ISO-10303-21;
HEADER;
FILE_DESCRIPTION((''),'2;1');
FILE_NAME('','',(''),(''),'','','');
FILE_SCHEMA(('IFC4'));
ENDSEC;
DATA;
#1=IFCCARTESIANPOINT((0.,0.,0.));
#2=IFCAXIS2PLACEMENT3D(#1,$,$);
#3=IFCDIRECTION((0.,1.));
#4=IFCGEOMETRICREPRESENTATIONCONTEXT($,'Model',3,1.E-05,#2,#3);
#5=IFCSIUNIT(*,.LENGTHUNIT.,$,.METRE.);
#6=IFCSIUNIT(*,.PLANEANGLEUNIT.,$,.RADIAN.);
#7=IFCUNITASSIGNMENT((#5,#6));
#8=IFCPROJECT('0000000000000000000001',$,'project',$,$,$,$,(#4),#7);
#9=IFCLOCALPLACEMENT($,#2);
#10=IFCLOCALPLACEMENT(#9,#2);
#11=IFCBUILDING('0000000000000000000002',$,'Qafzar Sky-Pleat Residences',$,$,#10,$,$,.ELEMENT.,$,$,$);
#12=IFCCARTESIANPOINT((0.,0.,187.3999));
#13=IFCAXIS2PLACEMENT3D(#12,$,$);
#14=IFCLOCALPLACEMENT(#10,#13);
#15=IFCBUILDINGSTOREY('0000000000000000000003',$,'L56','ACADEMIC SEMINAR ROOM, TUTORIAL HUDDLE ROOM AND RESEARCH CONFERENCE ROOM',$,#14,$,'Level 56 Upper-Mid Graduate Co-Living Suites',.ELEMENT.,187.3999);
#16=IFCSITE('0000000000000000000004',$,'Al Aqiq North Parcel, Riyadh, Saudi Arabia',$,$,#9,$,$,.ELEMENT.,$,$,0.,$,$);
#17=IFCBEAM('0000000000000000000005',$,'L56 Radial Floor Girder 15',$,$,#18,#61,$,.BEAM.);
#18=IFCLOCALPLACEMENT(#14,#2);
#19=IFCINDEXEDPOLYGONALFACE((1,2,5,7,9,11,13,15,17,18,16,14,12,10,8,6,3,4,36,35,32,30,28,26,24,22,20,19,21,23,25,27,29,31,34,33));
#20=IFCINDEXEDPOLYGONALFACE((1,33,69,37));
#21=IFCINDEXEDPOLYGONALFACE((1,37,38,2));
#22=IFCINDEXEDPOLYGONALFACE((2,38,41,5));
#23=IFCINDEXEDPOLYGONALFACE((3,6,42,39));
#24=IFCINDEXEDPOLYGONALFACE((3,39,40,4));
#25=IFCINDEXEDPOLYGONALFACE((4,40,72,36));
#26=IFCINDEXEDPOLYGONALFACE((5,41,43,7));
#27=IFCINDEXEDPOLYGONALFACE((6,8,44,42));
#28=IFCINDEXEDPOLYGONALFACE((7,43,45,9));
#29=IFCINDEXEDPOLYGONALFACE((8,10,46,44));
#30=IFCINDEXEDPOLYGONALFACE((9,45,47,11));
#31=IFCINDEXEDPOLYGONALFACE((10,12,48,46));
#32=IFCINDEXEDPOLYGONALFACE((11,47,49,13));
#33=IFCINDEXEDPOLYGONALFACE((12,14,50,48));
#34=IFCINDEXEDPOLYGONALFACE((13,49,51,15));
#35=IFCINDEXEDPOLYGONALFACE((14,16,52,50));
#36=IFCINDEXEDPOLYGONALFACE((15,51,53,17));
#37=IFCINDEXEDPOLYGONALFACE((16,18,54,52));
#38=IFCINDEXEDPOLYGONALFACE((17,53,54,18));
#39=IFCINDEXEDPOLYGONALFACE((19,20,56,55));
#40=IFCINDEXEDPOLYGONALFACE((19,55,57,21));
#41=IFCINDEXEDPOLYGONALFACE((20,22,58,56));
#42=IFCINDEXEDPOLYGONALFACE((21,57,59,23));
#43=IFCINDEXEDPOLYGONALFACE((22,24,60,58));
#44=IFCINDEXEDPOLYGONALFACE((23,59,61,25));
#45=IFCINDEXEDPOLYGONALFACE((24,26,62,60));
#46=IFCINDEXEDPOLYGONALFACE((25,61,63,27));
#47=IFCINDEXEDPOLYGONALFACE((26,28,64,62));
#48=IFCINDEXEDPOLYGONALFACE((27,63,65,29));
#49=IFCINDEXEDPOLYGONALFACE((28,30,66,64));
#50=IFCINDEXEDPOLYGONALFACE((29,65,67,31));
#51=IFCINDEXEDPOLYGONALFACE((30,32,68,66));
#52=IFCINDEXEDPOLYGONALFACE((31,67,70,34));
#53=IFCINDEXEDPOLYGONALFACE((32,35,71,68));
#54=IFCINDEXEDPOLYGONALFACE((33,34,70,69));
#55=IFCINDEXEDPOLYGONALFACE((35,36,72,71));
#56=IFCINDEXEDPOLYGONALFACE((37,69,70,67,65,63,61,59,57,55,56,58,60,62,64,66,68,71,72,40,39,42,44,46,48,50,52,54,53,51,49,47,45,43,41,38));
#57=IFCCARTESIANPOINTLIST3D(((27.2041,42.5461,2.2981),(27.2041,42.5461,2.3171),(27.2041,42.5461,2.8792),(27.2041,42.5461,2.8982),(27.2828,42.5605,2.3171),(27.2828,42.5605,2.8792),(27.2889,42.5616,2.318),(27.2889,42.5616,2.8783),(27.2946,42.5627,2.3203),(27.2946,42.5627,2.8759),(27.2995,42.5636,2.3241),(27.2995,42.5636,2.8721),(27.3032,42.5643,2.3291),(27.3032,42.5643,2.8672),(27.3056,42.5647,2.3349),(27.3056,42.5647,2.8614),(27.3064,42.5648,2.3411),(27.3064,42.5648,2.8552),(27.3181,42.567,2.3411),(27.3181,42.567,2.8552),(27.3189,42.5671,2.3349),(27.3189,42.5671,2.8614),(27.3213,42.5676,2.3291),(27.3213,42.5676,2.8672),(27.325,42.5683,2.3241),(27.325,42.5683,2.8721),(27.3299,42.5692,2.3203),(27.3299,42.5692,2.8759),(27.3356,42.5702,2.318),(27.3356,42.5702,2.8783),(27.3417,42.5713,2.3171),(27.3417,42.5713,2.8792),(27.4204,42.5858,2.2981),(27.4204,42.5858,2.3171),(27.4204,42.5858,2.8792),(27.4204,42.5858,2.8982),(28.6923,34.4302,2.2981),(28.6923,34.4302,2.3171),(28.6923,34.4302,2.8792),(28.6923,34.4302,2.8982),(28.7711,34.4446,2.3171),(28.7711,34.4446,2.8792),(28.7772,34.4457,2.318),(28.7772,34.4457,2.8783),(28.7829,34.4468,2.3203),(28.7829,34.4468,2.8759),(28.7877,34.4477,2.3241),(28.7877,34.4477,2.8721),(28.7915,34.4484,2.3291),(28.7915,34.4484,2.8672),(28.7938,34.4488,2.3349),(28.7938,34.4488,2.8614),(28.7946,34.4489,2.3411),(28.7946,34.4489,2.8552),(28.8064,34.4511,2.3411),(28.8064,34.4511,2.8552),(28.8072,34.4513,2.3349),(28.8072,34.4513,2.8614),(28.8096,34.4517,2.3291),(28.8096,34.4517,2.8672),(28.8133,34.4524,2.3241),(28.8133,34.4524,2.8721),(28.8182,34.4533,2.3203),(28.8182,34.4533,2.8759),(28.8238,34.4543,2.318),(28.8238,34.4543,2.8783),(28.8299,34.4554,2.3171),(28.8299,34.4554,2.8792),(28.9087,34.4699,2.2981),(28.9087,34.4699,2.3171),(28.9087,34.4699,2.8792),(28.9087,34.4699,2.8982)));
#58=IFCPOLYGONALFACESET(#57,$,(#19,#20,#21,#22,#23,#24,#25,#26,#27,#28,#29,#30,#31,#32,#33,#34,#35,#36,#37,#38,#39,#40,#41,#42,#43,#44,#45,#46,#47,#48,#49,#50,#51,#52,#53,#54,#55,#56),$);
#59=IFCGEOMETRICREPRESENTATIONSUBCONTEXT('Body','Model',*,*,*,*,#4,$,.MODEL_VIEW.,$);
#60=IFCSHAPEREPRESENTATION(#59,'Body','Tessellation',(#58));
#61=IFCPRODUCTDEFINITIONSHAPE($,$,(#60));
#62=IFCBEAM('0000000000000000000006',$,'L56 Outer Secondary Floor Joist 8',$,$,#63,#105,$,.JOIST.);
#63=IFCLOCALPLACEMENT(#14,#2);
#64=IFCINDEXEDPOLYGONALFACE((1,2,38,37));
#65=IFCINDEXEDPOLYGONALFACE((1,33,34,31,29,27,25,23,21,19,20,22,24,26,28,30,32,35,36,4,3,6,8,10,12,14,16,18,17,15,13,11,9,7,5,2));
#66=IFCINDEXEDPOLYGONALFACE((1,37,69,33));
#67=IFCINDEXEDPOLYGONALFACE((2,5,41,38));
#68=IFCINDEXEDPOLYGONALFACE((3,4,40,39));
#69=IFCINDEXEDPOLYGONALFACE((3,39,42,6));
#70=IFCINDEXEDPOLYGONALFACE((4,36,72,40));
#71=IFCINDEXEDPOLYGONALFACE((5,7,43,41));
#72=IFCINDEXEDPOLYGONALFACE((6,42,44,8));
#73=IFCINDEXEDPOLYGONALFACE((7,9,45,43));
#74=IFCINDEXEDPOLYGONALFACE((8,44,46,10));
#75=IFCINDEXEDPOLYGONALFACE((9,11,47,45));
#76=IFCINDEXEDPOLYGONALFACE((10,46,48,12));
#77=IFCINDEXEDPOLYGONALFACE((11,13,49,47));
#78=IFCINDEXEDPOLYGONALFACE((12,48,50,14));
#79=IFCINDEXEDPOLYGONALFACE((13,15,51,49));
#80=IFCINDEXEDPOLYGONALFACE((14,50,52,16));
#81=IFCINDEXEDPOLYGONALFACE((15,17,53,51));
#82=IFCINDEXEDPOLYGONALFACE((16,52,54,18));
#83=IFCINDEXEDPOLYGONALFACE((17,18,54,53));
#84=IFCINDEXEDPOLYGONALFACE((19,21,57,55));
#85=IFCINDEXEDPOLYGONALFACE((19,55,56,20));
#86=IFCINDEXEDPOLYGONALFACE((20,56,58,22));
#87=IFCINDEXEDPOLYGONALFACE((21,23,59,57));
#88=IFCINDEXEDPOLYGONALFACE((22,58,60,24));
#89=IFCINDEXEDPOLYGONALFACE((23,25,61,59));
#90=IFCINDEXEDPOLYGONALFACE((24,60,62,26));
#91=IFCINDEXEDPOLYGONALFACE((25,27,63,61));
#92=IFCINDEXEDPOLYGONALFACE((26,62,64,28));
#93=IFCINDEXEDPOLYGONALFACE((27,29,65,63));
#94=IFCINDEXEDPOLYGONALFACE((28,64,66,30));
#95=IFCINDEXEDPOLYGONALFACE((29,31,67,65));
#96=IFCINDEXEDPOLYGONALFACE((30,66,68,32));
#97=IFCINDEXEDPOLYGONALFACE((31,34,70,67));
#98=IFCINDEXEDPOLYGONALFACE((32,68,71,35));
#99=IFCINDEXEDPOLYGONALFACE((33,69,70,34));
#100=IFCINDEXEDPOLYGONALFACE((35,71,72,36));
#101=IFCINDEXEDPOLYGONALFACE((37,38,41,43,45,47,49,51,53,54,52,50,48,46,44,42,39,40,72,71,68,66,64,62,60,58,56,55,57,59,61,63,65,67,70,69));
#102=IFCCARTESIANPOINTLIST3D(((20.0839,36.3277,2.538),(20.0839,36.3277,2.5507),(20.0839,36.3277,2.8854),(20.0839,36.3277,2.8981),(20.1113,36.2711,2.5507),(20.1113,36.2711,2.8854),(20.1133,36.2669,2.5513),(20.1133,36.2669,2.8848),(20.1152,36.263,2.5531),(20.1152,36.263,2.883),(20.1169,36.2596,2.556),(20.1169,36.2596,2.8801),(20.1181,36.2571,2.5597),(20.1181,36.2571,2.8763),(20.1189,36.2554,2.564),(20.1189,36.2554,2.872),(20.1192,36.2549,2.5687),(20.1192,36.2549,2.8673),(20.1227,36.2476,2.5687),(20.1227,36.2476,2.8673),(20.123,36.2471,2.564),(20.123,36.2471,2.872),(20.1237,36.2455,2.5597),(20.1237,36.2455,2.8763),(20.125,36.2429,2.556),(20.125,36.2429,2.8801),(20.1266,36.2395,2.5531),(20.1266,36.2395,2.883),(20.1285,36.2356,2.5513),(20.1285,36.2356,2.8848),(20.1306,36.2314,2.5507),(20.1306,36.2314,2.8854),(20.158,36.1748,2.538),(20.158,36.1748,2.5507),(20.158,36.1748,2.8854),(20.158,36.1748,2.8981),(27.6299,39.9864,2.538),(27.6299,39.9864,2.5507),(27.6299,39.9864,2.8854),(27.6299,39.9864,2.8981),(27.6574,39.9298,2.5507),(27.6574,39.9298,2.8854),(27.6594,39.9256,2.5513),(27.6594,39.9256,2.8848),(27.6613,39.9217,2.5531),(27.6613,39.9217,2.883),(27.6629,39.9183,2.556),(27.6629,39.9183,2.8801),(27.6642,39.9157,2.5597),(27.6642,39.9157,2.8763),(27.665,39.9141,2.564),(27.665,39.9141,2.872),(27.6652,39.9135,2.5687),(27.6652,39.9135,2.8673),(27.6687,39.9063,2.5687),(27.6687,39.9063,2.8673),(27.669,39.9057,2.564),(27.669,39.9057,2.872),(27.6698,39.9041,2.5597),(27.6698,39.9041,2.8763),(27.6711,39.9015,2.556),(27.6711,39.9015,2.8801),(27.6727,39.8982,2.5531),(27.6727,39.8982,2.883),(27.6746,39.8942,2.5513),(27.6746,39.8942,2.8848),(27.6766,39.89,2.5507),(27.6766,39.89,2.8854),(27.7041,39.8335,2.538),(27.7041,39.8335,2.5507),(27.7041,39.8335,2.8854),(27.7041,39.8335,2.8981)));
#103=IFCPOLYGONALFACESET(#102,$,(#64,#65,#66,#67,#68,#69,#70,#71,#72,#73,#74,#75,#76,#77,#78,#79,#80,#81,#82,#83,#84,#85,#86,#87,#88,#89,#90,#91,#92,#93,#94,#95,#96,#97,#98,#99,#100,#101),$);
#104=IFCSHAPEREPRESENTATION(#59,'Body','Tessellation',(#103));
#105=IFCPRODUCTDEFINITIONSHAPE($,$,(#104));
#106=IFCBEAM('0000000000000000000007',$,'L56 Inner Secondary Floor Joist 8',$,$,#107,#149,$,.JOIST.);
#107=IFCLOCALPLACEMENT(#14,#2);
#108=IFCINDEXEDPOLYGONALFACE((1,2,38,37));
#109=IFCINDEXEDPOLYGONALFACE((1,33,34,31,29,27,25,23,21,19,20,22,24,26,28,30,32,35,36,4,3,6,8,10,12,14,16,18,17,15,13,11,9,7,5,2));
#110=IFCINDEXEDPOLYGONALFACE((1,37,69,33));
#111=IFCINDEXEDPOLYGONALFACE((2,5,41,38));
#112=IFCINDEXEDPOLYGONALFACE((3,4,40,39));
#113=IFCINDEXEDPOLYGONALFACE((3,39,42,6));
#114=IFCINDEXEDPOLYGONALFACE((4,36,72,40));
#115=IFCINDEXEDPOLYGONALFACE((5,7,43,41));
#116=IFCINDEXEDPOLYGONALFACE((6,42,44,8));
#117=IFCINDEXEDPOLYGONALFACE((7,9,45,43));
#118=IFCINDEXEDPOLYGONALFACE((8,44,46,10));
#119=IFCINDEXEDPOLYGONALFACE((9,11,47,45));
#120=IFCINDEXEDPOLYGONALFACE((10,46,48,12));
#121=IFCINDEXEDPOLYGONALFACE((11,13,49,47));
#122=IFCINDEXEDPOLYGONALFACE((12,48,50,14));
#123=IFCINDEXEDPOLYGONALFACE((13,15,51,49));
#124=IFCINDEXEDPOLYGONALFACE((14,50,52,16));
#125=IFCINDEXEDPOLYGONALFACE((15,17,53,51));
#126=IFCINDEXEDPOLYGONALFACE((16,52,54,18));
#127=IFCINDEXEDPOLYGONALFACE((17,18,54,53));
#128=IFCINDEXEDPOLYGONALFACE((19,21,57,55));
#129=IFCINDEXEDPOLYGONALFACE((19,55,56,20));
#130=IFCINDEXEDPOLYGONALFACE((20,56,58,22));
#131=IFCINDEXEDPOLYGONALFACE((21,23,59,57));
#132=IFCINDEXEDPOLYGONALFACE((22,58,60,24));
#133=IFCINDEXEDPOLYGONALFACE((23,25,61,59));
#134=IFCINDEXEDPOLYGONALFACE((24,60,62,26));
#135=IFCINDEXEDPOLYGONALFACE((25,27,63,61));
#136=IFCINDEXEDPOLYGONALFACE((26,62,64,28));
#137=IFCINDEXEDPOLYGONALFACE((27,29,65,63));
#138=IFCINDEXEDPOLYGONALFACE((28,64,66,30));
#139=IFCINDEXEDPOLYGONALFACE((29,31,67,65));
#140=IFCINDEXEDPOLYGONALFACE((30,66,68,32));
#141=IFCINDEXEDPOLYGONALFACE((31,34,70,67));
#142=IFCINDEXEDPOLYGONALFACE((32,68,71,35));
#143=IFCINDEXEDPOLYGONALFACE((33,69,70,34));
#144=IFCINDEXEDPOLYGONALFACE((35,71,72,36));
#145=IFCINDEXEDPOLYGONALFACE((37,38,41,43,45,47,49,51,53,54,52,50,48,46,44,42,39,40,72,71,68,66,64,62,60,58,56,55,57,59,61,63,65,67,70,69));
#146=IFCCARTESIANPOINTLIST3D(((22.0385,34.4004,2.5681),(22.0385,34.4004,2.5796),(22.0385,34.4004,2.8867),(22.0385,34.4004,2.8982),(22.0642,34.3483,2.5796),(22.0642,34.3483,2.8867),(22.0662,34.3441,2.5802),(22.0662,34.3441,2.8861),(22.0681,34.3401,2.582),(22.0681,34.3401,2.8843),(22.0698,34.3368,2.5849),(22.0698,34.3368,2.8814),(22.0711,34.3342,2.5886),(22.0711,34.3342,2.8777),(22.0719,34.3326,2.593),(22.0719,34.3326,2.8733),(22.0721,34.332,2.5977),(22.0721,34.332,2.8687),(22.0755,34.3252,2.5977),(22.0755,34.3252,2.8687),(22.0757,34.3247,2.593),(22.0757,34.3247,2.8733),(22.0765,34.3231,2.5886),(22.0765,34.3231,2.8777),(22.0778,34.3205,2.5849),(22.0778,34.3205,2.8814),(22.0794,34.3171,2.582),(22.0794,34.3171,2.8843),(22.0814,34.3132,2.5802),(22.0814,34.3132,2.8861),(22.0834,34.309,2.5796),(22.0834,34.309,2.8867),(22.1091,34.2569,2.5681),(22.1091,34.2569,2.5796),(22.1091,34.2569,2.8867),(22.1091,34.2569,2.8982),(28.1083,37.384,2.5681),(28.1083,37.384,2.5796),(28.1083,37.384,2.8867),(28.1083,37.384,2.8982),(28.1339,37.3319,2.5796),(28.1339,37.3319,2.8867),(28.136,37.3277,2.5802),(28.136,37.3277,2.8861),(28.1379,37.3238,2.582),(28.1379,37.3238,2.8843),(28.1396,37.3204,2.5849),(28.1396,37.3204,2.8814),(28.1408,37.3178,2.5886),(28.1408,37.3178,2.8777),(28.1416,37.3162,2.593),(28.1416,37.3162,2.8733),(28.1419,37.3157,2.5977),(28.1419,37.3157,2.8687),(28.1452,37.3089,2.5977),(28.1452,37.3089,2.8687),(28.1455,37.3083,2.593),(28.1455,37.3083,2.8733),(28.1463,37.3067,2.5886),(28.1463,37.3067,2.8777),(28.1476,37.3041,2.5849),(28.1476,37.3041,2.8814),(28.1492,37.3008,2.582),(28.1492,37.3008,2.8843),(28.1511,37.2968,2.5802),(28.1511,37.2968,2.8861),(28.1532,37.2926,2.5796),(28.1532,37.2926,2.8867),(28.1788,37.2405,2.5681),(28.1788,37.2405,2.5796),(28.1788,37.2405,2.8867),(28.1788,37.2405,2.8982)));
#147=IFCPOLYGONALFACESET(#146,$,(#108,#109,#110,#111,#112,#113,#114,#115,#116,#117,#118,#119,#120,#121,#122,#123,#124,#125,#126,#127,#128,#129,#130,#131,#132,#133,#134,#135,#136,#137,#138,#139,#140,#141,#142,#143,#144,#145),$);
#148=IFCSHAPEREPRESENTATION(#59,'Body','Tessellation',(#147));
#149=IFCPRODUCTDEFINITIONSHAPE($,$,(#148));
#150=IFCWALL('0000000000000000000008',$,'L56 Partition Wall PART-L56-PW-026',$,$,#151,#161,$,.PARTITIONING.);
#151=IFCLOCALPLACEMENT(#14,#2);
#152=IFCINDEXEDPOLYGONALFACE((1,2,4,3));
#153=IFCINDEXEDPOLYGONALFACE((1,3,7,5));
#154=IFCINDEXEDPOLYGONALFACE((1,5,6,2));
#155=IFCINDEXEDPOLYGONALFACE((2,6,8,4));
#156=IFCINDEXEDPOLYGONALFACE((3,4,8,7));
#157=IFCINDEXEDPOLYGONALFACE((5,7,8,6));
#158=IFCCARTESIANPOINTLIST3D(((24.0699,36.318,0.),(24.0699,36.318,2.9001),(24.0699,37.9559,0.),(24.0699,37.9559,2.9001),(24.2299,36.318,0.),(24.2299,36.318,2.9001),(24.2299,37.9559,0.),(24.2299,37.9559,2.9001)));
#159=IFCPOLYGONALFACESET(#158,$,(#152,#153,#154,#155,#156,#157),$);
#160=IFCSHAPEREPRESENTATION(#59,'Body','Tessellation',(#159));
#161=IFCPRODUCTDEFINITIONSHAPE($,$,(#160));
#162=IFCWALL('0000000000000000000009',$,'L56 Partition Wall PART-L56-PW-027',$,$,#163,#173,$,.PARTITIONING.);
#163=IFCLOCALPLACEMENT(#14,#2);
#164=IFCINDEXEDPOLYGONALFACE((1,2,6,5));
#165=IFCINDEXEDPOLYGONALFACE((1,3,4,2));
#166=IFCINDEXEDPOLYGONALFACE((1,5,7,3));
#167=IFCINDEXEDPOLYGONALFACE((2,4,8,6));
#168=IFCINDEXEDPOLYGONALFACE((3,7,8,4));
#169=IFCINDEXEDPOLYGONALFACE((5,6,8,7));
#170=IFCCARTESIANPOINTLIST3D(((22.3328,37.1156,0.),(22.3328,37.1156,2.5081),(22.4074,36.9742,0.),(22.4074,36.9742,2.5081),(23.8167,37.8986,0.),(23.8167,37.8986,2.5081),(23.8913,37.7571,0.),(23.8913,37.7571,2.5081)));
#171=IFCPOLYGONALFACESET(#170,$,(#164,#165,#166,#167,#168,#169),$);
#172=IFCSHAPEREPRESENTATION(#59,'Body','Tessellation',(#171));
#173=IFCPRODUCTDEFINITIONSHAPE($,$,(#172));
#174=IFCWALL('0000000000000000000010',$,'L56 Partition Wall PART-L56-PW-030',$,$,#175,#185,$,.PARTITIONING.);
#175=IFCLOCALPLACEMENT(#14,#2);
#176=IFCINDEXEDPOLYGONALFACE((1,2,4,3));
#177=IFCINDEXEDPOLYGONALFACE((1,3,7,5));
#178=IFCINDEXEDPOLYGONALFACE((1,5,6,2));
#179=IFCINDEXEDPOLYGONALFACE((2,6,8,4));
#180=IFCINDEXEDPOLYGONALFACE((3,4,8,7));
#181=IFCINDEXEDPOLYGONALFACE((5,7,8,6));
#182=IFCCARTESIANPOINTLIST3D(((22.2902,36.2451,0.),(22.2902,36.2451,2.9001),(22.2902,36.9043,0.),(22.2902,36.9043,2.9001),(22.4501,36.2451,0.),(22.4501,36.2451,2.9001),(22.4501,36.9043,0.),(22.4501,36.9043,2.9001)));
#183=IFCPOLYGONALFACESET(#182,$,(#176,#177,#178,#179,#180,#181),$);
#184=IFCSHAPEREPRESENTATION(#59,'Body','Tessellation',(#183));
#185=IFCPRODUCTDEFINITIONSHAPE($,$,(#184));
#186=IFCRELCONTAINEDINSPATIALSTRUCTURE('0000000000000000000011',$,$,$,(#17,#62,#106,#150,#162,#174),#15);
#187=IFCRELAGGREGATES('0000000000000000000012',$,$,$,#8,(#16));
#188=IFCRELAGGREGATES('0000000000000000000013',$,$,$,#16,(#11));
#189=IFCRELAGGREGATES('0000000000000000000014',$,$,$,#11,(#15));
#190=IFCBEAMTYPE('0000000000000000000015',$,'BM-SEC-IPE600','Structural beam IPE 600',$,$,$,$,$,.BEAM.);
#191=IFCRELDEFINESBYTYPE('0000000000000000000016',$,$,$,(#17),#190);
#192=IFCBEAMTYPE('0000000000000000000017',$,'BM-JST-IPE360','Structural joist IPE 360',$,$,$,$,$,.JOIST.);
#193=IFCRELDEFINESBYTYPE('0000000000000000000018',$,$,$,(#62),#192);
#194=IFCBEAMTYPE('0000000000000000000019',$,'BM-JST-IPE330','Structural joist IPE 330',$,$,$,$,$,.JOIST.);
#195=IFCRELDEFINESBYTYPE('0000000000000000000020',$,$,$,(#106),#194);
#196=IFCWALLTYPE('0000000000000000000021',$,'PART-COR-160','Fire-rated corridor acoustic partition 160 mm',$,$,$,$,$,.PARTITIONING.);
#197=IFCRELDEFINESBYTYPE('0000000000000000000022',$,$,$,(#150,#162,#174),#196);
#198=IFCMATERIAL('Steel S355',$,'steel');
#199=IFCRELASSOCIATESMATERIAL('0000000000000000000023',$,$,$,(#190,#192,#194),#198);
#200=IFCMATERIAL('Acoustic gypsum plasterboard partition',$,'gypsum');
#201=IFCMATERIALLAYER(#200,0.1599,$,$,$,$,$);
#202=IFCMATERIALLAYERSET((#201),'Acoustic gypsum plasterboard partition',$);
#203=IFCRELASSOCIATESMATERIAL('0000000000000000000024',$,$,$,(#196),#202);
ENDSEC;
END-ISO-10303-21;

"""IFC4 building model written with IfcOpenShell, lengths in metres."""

from ifc_helpers import new_model, si_unit, direction, frame, frame_2d, origin, origin_2d, place, context, subcontext, project, spatial, rectangle, i_section, extrude, source, transform, mapped, material, layer, layer_set, material_profile, profile_set, type_object, element, save


model = new_model("IFC4")

# Units and contexts
model_context = context("Model", 3, precision=1e-05, world=origin(), true_north=direction((0.0, 1.0)))
body_context = subcontext(model_context, "Body", "Model", "MODEL_VIEW")
ifc_project = project(units=[si_unit("LENGTHUNIT", "METRE"), si_unit("PLANEANGLEUNIT", "RADIAN")], contexts=[model_context])

# Site, building, storey
site_placement = place(None, origin())
site = spatial("IfcSite", under=ifc_project, at=site_placement, Name="Al Aqiq North Parcel, Riyadh, Saudi Arabia", CompositionType="ELEMENT", RefElevation=0.0)
building_placement = place(site_placement, origin())
building = spatial("IfcBuilding", under=site, at=building_placement, Name="Qafzar Sky-Pleat Residences", CompositionType="ELEMENT")
storey_placement = place(building_placement, frame((0.0, 0.0, 187.3999)))
storey = spatial("IfcBuildingStorey", under=building, at=storey_placement, Name="L56", Description="ACADEMIC SEMINAR ROOM, TUTORIAL HUDDLE ROOM AND RESEARCH CONFERENCE ROOM", LongName="Level 56 Upper-Mid Graduate Co-Living Suites", CompositionType="ELEMENT", Elevation=187.3999)

# Shared definitions
ifc_material_1 = material(Name="Steel S355", Category="steel")

# Beams
ifc_material_profile_1 = material_profile(ifc_material_1, i_section(OverallWidth=0.22, OverallDepth=0.6001, WebThickness=0.012, FlangeThickness=0.019, FilletRadius=0.0239, at=origin_2d()), Name="IPE 600")
ifc_profile_set_1 = profile_set([ifc_material_profile_1], Name="Steel S355")
beam_type_1 = type_object("IfcBeamType", Name="BM-SEC-IPE600", Description="Structural beam IPE 600", PredefinedType="BEAM", material=ifc_profile_set_1)
shared_shape_1 = source(origin(), body_context, "Body", "SweptSolid", [
    extrude(i_section(OverallWidth=0.22, OverallDepth=0.6001, WebThickness=0.012, FlangeThickness=0.019, FilletRadius=0.0239, at=origin_2d()), origin(), (0.0, 0.0, 1.0), 8.2512),
])
beam_1_placement = place(storey_placement, frame((27.3123, 42.5659, 2.5981), z_axis=(0.180369, -0.983599, 0.0), x_axis=(0.983599, 0.180369, 0.0)))
element("IfcBeam", 1, at=beam_1_placement, inside=storey, type_object=beam_type_1, Name="L56 Radial Floor Girder 15", PredefinedType="BEAM", context=body_context, shape_type="MappedRepresentation", body=[
    mapped(shared_shape_1, transform((0.0, 0.0, 0.0), x_axis=(1.0, 0.0, 0.0), y_axis=(0.0, 1.0, 0.0), z_axis=(0.0, 0.0, 1.0), scale=1.0)),
])
ifc_material_profile_2 = material_profile(ifc_material_1, i_section(OverallWidth=0.1699, OverallDepth=0.3601, WebThickness=0.0081, FlangeThickness=0.0127, FilletRadius=0.0181, at=origin_2d()), Name="IPE 360")
ifc_profile_set_2 = profile_set([ifc_material_profile_2], Name="Steel S355")
beam_type_2 = type_object("IfcBeamType", Name="BM-JST-IPE360", Description="Structural joist IPE 360", PredefinedType="JOIST", material=ifc_profile_set_2)
shared_shape_2 = source(origin(), body_context, "Body", "SweptSolid", [
    extrude(i_section(OverallWidth=0.1699, OverallDepth=0.3601, WebThickness=0.0081, FlangeThickness=0.0127, FilletRadius=0.0181, at=origin_2d()), origin(), (0.0, 0.0, 1.0), 8.3862),
])
beam_2_placement = place(storey_placement, frame((27.667, 39.9099, 2.718), z_axis=(-0.899816, -0.436269, 0.0), x_axis=(0.436269, -0.899816, 0.0)))
element("IfcBeam", 2, at=beam_2_placement, inside=storey, type_object=beam_type_2, Name="L56 Outer Secondary Floor Joist 8", PredefinedType="JOIST", context=body_context, shape_type="MappedRepresentation", body=[
    mapped(shared_shape_2, transform((0.0, 0.0, 0.0), x_axis=(1.0, 0.0, 0.0), y_axis=(0.0, 1.0, 0.0), z_axis=(0.0, 0.0, 1.0), scale=1.0)),
])
ifc_material_profile_3 = material_profile(ifc_material_1, i_section(OverallWidth=0.1599, OverallDepth=0.3301, WebThickness=0.0076, FlangeThickness=0.0115, FilletRadius=0.0181, at=origin_2d()), Name="IPE 330")
ifc_profile_set_3 = profile_set([ifc_material_profile_3], Name="Steel S355")
beam_type_3 = type_object("IfcBeamType", Name="BM-JST-IPE330", Description="Structural joist IPE 330", PredefinedType="JOIST", material=ifc_profile_set_3)
shared_shape_3 = source(origin(), body_context, "Body", "SweptSolid", [
    extrude(i_section(OverallWidth=0.1599, OverallDepth=0.3301, WebThickness=0.0076, FlangeThickness=0.0115, FilletRadius=0.0181, at=origin_2d()), origin(), (0.0, 0.0, 1.0), 6.7634),
])
beam_3_placement = place(storey_placement, frame((28.1436, 37.3123, 2.7332), z_axis=(-0.897439, -0.441139, 0.0), x_axis=(0.441139, -0.897439, 0.0)))
element("IfcBeam", 3, at=beam_3_placement, inside=storey, type_object=beam_type_3, Name="L56 Inner Secondary Floor Joist 8", PredefinedType="JOIST", context=body_context, shape_type="MappedRepresentation", body=[
    mapped(shared_shape_3, transform((0.0, 0.0, 0.0), x_axis=(1.0, 0.0, 0.0), y_axis=(0.0, 1.0, 0.0), z_axis=(0.0, 0.0, 1.0), scale=1.0)),
])

# Walls
ifc_material_2 = material(Name="Acoustic gypsum plasterboard partition", Category="gypsum")
ifc_layer_1 = layer(ifc_material_2, 0.1599)
ifc_layer_set_1 = layer_set([ifc_layer_1], Name="Acoustic gypsum plasterboard partition")
wall_type_1 = type_object("IfcWallType", Name="PART-COR-160", Description="Fire-rated corridor acoustic partition 160 mm", PredefinedType="PARTITIONING", material=ifc_layer_set_1)
wall_1_placement = place(storey_placement, frame((24.1499, 36.3181, 0.0), z_axis=(0.0, 0.0, 1.0), x_axis=(0.0, 1.0, 0.0)))
element("IfcWall", 4, at=wall_1_placement, inside=storey, type_object=wall_type_1, Name="L56 Partition Wall PART-L56-PW-026", PredefinedType="PARTITIONING", context=body_context, shape_type="SweptSolid", body=[
    extrude(rectangle(XDim=1.6379, YDim=0.1599, at=frame_2d((0.8188, 0.0))), origin(), (0.0, 0.0, 1.0), 2.9001),
])
wall_2_placement = place(storey_placement, frame((22.3701, 37.0449, 0.0), z_axis=(0.0, 0.0, 1.0), x_axis=(0.884435, 0.466664, 0.0)))
element("IfcWall", 5, at=wall_2_placement, inside=storey, type_object=wall_type_1, Name="L56 Partition Wall PART-L56-PW-027", PredefinedType="PARTITIONING", context=body_context, shape_type="SweptSolid", body=[
    extrude(rectangle(XDim=1.6777, YDim=0.1599, at=frame_2d((0.8389, 0.0))), origin(), (0.0, 0.0, 1.0), 2.5081),
])
wall_3_placement = place(storey_placement, frame((22.3701, 36.2451, 0.0), z_axis=(0.0, 0.0, 1.0), x_axis=(0.0, 1.0, 0.0)))
element("IfcWall", 6, at=wall_3_placement, inside=storey, type_object=wall_type_1, Name="L56 Partition Wall PART-L56-PW-030", PredefinedType="PARTITIONING", context=body_context, shape_type="SweptSolid", body=[
    extrude(rectangle(XDim=0.6592, YDim=0.1599, at=frame_2d((0.3296, 0.0))), origin(), (0.0, 0.0, 1.0), 2.9001),
])

save(model, "model.ifc")
